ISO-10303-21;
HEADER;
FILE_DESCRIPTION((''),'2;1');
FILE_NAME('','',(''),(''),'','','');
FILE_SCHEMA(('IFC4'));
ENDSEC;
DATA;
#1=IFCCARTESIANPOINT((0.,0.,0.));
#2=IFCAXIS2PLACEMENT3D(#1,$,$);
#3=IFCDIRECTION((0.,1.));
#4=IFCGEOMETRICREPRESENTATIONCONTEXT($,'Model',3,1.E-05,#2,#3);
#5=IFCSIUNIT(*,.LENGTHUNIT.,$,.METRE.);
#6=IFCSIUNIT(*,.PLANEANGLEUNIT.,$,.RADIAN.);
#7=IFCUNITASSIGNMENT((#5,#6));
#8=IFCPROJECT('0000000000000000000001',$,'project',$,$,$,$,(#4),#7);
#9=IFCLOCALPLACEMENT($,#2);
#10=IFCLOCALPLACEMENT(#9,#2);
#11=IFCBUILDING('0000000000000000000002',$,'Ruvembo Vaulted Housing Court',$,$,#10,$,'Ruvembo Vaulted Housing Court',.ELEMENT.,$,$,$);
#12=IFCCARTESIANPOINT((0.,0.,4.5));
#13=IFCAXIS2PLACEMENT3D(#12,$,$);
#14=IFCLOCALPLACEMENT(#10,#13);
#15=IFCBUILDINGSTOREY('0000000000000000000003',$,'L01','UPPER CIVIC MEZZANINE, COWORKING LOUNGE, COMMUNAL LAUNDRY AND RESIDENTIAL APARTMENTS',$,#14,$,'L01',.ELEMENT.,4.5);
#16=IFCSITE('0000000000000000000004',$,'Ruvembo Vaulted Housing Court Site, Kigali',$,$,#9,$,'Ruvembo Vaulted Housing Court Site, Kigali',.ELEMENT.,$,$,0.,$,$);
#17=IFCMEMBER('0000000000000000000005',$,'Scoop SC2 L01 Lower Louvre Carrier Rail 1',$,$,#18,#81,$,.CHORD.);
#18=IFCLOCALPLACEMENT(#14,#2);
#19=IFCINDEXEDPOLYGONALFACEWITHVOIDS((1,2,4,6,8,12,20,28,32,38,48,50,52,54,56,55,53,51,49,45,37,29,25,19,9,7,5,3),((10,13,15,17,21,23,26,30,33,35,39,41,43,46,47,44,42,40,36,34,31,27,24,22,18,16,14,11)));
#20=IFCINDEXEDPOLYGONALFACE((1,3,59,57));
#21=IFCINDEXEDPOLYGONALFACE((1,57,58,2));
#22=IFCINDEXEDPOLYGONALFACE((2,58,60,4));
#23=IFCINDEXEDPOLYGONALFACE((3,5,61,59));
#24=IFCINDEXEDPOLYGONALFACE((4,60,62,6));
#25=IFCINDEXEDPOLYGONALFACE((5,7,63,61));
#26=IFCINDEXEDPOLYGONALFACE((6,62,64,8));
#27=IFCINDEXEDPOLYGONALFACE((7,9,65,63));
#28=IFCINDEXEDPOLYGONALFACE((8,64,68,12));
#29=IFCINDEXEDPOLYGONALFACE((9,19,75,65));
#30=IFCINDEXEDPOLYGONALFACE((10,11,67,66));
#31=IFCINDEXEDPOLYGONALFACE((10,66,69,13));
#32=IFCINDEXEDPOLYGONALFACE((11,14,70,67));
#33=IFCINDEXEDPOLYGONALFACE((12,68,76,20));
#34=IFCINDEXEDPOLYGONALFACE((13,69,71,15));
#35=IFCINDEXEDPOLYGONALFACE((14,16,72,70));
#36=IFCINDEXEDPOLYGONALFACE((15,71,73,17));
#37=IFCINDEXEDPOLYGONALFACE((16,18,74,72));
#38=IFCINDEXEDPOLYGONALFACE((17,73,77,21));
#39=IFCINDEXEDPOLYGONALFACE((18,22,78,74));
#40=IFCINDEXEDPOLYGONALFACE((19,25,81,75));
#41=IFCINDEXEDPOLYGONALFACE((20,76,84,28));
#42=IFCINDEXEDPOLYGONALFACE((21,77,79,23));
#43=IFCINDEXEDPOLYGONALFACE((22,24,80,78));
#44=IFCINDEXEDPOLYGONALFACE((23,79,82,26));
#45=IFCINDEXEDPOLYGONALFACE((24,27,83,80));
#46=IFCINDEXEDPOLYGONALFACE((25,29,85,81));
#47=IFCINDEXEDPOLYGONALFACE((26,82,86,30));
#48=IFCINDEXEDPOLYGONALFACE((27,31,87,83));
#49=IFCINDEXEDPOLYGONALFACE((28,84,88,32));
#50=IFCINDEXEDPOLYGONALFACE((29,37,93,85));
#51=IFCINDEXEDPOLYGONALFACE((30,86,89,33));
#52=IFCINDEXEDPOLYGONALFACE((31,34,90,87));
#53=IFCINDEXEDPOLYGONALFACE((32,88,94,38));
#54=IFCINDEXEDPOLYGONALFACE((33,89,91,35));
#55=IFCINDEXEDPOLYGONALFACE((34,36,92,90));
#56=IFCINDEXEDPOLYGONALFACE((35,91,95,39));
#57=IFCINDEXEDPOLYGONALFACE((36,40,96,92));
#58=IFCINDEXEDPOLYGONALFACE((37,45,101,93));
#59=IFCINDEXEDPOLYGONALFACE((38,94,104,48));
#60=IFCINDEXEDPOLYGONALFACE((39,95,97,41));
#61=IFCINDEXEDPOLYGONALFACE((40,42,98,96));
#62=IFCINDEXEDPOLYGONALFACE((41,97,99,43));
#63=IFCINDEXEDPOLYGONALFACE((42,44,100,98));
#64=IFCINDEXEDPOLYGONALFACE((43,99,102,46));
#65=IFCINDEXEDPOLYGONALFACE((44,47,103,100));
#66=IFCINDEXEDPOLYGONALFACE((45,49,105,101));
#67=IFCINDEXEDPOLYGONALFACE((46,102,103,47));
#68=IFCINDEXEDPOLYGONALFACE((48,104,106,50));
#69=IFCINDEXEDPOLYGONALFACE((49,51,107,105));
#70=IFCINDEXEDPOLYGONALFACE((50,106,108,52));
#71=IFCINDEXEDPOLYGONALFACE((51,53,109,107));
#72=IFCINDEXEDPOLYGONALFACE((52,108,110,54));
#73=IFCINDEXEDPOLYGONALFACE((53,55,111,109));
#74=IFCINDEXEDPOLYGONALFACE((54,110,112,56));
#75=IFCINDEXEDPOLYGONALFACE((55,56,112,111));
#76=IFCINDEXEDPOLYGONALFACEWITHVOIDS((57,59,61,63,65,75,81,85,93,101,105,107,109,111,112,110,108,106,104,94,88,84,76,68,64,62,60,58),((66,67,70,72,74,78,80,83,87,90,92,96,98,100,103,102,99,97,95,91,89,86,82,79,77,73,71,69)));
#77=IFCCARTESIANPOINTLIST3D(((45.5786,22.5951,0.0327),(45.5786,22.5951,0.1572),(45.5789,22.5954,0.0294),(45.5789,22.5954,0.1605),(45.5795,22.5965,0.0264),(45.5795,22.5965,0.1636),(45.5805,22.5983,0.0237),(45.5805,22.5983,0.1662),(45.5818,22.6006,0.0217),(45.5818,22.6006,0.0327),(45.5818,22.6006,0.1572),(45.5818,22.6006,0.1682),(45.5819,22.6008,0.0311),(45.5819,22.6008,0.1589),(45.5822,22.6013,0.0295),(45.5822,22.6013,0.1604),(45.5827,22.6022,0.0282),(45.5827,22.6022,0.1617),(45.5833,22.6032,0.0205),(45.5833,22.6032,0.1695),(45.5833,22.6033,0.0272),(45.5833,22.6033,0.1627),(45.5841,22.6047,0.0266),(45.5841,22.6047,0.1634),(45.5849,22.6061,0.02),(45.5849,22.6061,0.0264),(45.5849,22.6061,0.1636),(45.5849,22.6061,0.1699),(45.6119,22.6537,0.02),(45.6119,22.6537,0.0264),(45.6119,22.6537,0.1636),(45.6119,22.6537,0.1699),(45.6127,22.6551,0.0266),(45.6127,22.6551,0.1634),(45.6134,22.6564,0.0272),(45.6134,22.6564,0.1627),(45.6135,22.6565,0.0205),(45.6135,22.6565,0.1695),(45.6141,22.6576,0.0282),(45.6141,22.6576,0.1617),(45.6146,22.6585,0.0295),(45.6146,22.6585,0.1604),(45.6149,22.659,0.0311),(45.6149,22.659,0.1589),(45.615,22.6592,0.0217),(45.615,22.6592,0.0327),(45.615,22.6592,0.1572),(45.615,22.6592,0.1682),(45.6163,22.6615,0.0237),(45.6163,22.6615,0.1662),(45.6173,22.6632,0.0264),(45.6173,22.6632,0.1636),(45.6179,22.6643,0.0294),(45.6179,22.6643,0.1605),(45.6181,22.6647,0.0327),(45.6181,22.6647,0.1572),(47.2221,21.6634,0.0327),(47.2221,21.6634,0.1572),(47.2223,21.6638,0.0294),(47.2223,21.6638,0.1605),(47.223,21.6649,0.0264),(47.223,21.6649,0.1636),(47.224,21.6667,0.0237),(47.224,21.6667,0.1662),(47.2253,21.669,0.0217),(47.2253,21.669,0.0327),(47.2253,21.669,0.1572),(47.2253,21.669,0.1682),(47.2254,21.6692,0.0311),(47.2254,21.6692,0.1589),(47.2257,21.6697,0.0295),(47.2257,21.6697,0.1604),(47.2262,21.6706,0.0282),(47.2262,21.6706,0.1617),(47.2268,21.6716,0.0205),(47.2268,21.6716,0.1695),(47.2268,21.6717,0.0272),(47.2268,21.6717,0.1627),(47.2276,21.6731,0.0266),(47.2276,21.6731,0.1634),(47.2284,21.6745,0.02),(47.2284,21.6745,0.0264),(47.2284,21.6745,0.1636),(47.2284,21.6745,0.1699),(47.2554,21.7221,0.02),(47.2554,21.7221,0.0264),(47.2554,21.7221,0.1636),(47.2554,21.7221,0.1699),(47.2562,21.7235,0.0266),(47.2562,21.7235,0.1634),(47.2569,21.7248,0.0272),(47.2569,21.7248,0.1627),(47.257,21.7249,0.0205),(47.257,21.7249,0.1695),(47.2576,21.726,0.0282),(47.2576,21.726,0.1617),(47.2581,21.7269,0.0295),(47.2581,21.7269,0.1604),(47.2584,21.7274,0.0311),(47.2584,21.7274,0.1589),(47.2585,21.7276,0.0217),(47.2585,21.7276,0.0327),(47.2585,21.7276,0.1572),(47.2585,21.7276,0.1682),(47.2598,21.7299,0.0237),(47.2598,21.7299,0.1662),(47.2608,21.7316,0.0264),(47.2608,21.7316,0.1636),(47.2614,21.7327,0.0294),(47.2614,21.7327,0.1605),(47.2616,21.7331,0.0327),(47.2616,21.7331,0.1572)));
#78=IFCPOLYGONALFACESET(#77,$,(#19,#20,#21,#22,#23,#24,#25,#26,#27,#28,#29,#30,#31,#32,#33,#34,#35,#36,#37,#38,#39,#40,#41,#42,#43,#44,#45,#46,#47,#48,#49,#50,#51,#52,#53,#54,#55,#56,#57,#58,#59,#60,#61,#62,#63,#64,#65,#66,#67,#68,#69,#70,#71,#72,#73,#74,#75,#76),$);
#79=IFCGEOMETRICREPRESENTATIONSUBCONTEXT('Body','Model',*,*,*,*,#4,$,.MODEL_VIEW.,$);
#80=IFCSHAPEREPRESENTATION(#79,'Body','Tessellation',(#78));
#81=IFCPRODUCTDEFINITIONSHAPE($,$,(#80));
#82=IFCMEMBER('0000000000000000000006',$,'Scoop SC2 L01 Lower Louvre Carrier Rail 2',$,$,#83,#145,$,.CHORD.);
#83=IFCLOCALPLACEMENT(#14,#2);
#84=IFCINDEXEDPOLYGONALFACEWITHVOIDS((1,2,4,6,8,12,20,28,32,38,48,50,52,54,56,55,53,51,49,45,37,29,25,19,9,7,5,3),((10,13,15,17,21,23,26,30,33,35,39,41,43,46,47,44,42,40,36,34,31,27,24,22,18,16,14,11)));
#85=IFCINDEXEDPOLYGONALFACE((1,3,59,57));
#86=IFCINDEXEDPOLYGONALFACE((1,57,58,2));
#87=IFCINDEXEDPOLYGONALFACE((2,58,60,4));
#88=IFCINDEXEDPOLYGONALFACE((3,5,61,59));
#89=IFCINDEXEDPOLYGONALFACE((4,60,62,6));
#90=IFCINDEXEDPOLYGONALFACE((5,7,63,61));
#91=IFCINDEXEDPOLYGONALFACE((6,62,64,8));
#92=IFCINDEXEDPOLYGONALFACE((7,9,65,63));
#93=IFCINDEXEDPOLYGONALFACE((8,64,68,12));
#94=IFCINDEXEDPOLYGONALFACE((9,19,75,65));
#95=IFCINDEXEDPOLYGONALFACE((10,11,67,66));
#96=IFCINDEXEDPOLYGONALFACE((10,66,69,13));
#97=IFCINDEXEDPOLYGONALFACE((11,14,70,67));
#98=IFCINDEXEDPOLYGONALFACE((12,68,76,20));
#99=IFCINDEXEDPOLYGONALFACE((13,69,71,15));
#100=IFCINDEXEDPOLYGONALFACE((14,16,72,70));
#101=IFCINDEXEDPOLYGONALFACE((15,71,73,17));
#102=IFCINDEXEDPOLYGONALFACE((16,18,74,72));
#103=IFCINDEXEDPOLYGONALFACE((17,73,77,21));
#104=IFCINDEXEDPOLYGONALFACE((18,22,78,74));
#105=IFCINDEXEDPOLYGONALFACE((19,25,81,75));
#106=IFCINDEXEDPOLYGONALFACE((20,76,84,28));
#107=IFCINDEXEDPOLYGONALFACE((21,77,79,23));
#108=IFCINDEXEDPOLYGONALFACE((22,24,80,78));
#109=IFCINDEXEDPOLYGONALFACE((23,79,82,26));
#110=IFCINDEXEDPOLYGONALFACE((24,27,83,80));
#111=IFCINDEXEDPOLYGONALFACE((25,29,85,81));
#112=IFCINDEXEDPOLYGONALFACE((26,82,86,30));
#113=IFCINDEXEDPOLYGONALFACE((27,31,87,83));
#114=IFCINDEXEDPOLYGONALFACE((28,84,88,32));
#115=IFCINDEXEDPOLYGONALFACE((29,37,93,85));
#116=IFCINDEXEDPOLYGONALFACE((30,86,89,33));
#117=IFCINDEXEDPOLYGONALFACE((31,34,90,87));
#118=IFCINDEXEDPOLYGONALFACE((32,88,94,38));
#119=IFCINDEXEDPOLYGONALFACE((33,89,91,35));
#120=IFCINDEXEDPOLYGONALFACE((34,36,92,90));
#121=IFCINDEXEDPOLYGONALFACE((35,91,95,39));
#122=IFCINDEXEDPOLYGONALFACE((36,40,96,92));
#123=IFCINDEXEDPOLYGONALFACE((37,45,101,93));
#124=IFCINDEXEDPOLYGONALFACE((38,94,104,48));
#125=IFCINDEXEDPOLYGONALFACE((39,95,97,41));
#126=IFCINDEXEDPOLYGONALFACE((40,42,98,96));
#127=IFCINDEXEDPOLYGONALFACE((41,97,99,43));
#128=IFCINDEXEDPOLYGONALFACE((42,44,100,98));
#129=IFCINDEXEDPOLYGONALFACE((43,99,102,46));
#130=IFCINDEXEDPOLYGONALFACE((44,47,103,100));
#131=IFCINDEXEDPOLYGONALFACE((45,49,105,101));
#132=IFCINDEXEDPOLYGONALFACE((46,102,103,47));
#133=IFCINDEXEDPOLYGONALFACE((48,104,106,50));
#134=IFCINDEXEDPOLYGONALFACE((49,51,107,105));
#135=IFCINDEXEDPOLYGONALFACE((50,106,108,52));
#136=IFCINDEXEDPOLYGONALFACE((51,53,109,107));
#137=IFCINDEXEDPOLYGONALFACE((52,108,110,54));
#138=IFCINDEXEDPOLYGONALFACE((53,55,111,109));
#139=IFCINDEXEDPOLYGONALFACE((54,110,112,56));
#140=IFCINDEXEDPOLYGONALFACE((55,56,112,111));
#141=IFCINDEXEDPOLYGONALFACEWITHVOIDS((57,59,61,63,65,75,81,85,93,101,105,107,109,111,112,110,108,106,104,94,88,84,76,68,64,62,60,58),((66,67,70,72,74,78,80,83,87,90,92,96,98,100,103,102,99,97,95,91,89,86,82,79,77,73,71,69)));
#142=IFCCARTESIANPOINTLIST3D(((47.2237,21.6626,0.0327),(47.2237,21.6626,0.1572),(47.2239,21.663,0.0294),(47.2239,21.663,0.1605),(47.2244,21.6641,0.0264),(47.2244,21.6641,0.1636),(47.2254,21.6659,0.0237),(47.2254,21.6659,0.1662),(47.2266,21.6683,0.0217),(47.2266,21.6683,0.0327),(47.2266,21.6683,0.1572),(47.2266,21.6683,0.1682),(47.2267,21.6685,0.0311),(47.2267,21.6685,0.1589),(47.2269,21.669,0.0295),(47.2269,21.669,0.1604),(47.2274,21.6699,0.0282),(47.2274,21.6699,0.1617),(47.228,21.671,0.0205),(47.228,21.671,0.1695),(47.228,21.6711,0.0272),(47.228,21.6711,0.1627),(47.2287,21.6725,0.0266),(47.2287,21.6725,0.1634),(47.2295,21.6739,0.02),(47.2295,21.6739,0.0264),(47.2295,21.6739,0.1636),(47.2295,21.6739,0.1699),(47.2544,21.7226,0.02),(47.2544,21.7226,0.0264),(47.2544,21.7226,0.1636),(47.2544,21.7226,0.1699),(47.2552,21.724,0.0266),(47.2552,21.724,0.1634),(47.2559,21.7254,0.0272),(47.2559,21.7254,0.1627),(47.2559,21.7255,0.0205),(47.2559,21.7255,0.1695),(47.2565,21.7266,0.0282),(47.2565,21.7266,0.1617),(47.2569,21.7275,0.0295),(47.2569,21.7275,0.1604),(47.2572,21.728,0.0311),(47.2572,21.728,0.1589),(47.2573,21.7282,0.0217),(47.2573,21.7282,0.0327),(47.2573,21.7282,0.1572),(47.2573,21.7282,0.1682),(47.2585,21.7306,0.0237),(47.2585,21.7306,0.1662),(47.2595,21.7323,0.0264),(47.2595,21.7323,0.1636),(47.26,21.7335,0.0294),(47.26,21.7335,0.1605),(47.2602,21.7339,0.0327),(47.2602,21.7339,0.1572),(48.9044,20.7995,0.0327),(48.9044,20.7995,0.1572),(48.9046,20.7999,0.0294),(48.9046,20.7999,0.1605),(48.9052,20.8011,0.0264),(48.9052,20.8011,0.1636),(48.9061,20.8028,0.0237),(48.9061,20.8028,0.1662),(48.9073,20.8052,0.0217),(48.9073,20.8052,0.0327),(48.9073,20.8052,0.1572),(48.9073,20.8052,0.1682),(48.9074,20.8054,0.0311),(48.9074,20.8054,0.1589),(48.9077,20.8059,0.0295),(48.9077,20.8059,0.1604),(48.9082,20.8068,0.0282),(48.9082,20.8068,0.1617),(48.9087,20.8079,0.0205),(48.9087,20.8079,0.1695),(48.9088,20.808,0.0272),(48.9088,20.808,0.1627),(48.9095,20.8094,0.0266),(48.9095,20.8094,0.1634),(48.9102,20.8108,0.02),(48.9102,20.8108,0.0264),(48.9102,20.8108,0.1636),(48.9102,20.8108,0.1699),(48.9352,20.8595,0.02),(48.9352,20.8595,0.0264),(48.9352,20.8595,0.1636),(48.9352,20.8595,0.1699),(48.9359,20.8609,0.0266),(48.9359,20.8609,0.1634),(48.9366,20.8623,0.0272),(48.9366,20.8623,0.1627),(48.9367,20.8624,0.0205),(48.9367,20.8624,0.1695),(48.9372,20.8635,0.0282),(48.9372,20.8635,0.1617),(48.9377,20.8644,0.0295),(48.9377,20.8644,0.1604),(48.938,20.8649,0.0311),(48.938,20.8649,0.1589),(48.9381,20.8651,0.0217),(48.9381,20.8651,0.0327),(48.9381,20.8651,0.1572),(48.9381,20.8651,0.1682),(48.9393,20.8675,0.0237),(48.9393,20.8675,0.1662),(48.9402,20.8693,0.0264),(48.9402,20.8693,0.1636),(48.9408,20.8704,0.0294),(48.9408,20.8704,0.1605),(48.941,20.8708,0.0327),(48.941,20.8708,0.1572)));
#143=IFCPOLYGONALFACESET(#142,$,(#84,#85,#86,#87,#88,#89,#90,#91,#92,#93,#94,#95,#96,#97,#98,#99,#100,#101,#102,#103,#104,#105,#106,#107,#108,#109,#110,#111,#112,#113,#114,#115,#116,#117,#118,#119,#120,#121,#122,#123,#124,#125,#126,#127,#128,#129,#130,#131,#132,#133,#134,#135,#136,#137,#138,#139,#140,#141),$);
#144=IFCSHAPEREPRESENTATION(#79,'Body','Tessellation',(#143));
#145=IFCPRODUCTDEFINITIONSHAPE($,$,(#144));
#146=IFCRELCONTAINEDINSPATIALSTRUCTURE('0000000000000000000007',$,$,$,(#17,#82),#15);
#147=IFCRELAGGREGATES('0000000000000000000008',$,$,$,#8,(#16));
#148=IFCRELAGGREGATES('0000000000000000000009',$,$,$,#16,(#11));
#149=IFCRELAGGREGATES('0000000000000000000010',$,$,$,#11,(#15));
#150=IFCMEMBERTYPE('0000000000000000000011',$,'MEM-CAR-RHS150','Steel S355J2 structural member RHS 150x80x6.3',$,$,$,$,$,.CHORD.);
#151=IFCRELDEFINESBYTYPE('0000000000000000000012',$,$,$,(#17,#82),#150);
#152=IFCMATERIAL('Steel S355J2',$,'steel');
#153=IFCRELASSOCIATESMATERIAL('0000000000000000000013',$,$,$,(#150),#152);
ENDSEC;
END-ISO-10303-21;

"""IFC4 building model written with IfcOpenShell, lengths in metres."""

from ifc_helpers import new_model, si_unit, direction, frame, origin, origin_2d, place, context, subcontext, project, spatial, hollow_rectangle, extrude, material, material_profile, profile_set, type_object, element, save


model = new_model("IFC4")

# Units and contexts
model_context = context("Model", 3, precision=1e-05, world=origin(), true_north=direction((0.0, 1.0)))
body_context = subcontext(model_context, "Body", "Model", "MODEL_VIEW")
ifc_project = project(units=[si_unit("LENGTHUNIT", "METRE"), si_unit("PLANEANGLEUNIT", "RADIAN")], contexts=[model_context])

# Site, building, storey
site_placement = place(None, origin())
site = spatial("IfcSite", under=ifc_project, at=site_placement, Name="Ruvembo Vaulted Housing Court Site, Kigali", LongName="Ruvembo Vaulted Housing Court Site, Kigali", CompositionType="ELEMENT", RefElevation=0.0)
building_placement = place(site_placement, origin())
building = spatial("IfcBuilding", under=site, at=building_placement, Name="Ruvembo Vaulted Housing Court", LongName="Ruvembo Vaulted Housing Court", CompositionType="ELEMENT")
storey_placement = place(building_placement, frame((0.0, 0.0, 4.5)))
storey = spatial("IfcBuildingStorey", under=building, at=storey_placement, Name="L01", Description="UPPER CIVIC MEZZANINE, COWORKING LOUNGE, COMMUNAL LAUNDRY AND RESIDENTIAL APARTMENTS", LongName="L01", CompositionType="ELEMENT", Elevation=4.5)

# Shared definitions
ifc_material_1 = material(Name="Steel S355J2", Category="steel")

# Members
ifc_material_profile_1 = material_profile(ifc_material_1, hollow_rectangle(XDim=0.0801, YDim=0.1499, WallThickness=0.0063, InnerFilletRadius=0.0063, OuterFilletRadius=0.0127, at=origin_2d()), Name="RHS 150x80x6.3")
ifc_profile_set_1 = profile_set([ifc_material_profile_1], Name="Steel S355J2")
member_type_1 = type_object("IfcMemberType", Name="MEM-CAR-RHS150", Description="Steel S355J2 structural member RHS 150x80x6.3", PredefinedType="CHORD", material=ifc_profile_set_1)
member_1_placement = place(storey_placement, frame((45.5984, 22.6299, 0.095), z_axis=(0.869956, -0.49313, 0.0), x_axis=(0.49313, 0.869956, 0.0)))
element("IfcMember", 1, at=member_1_placement, inside=storey, type_object=member_type_1, Name="Scoop SC2 L01 Lower Louvre Carrier Rail 1", PredefinedType="CHORD", context=body_context, shape_type="SweptSolid", body=[
    extrude(hollow_rectangle(XDim=0.0801, YDim=0.1499, WallThickness=0.0063, InnerFilletRadius=0.0063, OuterFilletRadius=0.0127, at=origin_2d()), origin(), (0.0, 0.0, 1.0), 1.8892),
])
member_2_placement = place(storey_placement, frame((47.2419, 21.6982, 0.095), z_axis=(0.889568, -0.456802, 0.0), x_axis=(0.456802, 0.889568, 0.0)))
element("IfcMember", 2, at=member_2_placement, inside=storey, type_object=member_type_1, Name="Scoop SC2 L01 Lower Louvre Carrier Rail 2", PredefinedType="CHORD", context=body_context, shape_type="SweptSolid", body=[
    extrude(hollow_rectangle(XDim=0.0801, YDim=0.1499, WallThickness=0.0063, InnerFilletRadius=0.0063, OuterFilletRadius=0.0127, at=origin_2d()), origin(), (0.0, 0.0, 1.0), 1.8894),
])

save(model, "model.ifc")
